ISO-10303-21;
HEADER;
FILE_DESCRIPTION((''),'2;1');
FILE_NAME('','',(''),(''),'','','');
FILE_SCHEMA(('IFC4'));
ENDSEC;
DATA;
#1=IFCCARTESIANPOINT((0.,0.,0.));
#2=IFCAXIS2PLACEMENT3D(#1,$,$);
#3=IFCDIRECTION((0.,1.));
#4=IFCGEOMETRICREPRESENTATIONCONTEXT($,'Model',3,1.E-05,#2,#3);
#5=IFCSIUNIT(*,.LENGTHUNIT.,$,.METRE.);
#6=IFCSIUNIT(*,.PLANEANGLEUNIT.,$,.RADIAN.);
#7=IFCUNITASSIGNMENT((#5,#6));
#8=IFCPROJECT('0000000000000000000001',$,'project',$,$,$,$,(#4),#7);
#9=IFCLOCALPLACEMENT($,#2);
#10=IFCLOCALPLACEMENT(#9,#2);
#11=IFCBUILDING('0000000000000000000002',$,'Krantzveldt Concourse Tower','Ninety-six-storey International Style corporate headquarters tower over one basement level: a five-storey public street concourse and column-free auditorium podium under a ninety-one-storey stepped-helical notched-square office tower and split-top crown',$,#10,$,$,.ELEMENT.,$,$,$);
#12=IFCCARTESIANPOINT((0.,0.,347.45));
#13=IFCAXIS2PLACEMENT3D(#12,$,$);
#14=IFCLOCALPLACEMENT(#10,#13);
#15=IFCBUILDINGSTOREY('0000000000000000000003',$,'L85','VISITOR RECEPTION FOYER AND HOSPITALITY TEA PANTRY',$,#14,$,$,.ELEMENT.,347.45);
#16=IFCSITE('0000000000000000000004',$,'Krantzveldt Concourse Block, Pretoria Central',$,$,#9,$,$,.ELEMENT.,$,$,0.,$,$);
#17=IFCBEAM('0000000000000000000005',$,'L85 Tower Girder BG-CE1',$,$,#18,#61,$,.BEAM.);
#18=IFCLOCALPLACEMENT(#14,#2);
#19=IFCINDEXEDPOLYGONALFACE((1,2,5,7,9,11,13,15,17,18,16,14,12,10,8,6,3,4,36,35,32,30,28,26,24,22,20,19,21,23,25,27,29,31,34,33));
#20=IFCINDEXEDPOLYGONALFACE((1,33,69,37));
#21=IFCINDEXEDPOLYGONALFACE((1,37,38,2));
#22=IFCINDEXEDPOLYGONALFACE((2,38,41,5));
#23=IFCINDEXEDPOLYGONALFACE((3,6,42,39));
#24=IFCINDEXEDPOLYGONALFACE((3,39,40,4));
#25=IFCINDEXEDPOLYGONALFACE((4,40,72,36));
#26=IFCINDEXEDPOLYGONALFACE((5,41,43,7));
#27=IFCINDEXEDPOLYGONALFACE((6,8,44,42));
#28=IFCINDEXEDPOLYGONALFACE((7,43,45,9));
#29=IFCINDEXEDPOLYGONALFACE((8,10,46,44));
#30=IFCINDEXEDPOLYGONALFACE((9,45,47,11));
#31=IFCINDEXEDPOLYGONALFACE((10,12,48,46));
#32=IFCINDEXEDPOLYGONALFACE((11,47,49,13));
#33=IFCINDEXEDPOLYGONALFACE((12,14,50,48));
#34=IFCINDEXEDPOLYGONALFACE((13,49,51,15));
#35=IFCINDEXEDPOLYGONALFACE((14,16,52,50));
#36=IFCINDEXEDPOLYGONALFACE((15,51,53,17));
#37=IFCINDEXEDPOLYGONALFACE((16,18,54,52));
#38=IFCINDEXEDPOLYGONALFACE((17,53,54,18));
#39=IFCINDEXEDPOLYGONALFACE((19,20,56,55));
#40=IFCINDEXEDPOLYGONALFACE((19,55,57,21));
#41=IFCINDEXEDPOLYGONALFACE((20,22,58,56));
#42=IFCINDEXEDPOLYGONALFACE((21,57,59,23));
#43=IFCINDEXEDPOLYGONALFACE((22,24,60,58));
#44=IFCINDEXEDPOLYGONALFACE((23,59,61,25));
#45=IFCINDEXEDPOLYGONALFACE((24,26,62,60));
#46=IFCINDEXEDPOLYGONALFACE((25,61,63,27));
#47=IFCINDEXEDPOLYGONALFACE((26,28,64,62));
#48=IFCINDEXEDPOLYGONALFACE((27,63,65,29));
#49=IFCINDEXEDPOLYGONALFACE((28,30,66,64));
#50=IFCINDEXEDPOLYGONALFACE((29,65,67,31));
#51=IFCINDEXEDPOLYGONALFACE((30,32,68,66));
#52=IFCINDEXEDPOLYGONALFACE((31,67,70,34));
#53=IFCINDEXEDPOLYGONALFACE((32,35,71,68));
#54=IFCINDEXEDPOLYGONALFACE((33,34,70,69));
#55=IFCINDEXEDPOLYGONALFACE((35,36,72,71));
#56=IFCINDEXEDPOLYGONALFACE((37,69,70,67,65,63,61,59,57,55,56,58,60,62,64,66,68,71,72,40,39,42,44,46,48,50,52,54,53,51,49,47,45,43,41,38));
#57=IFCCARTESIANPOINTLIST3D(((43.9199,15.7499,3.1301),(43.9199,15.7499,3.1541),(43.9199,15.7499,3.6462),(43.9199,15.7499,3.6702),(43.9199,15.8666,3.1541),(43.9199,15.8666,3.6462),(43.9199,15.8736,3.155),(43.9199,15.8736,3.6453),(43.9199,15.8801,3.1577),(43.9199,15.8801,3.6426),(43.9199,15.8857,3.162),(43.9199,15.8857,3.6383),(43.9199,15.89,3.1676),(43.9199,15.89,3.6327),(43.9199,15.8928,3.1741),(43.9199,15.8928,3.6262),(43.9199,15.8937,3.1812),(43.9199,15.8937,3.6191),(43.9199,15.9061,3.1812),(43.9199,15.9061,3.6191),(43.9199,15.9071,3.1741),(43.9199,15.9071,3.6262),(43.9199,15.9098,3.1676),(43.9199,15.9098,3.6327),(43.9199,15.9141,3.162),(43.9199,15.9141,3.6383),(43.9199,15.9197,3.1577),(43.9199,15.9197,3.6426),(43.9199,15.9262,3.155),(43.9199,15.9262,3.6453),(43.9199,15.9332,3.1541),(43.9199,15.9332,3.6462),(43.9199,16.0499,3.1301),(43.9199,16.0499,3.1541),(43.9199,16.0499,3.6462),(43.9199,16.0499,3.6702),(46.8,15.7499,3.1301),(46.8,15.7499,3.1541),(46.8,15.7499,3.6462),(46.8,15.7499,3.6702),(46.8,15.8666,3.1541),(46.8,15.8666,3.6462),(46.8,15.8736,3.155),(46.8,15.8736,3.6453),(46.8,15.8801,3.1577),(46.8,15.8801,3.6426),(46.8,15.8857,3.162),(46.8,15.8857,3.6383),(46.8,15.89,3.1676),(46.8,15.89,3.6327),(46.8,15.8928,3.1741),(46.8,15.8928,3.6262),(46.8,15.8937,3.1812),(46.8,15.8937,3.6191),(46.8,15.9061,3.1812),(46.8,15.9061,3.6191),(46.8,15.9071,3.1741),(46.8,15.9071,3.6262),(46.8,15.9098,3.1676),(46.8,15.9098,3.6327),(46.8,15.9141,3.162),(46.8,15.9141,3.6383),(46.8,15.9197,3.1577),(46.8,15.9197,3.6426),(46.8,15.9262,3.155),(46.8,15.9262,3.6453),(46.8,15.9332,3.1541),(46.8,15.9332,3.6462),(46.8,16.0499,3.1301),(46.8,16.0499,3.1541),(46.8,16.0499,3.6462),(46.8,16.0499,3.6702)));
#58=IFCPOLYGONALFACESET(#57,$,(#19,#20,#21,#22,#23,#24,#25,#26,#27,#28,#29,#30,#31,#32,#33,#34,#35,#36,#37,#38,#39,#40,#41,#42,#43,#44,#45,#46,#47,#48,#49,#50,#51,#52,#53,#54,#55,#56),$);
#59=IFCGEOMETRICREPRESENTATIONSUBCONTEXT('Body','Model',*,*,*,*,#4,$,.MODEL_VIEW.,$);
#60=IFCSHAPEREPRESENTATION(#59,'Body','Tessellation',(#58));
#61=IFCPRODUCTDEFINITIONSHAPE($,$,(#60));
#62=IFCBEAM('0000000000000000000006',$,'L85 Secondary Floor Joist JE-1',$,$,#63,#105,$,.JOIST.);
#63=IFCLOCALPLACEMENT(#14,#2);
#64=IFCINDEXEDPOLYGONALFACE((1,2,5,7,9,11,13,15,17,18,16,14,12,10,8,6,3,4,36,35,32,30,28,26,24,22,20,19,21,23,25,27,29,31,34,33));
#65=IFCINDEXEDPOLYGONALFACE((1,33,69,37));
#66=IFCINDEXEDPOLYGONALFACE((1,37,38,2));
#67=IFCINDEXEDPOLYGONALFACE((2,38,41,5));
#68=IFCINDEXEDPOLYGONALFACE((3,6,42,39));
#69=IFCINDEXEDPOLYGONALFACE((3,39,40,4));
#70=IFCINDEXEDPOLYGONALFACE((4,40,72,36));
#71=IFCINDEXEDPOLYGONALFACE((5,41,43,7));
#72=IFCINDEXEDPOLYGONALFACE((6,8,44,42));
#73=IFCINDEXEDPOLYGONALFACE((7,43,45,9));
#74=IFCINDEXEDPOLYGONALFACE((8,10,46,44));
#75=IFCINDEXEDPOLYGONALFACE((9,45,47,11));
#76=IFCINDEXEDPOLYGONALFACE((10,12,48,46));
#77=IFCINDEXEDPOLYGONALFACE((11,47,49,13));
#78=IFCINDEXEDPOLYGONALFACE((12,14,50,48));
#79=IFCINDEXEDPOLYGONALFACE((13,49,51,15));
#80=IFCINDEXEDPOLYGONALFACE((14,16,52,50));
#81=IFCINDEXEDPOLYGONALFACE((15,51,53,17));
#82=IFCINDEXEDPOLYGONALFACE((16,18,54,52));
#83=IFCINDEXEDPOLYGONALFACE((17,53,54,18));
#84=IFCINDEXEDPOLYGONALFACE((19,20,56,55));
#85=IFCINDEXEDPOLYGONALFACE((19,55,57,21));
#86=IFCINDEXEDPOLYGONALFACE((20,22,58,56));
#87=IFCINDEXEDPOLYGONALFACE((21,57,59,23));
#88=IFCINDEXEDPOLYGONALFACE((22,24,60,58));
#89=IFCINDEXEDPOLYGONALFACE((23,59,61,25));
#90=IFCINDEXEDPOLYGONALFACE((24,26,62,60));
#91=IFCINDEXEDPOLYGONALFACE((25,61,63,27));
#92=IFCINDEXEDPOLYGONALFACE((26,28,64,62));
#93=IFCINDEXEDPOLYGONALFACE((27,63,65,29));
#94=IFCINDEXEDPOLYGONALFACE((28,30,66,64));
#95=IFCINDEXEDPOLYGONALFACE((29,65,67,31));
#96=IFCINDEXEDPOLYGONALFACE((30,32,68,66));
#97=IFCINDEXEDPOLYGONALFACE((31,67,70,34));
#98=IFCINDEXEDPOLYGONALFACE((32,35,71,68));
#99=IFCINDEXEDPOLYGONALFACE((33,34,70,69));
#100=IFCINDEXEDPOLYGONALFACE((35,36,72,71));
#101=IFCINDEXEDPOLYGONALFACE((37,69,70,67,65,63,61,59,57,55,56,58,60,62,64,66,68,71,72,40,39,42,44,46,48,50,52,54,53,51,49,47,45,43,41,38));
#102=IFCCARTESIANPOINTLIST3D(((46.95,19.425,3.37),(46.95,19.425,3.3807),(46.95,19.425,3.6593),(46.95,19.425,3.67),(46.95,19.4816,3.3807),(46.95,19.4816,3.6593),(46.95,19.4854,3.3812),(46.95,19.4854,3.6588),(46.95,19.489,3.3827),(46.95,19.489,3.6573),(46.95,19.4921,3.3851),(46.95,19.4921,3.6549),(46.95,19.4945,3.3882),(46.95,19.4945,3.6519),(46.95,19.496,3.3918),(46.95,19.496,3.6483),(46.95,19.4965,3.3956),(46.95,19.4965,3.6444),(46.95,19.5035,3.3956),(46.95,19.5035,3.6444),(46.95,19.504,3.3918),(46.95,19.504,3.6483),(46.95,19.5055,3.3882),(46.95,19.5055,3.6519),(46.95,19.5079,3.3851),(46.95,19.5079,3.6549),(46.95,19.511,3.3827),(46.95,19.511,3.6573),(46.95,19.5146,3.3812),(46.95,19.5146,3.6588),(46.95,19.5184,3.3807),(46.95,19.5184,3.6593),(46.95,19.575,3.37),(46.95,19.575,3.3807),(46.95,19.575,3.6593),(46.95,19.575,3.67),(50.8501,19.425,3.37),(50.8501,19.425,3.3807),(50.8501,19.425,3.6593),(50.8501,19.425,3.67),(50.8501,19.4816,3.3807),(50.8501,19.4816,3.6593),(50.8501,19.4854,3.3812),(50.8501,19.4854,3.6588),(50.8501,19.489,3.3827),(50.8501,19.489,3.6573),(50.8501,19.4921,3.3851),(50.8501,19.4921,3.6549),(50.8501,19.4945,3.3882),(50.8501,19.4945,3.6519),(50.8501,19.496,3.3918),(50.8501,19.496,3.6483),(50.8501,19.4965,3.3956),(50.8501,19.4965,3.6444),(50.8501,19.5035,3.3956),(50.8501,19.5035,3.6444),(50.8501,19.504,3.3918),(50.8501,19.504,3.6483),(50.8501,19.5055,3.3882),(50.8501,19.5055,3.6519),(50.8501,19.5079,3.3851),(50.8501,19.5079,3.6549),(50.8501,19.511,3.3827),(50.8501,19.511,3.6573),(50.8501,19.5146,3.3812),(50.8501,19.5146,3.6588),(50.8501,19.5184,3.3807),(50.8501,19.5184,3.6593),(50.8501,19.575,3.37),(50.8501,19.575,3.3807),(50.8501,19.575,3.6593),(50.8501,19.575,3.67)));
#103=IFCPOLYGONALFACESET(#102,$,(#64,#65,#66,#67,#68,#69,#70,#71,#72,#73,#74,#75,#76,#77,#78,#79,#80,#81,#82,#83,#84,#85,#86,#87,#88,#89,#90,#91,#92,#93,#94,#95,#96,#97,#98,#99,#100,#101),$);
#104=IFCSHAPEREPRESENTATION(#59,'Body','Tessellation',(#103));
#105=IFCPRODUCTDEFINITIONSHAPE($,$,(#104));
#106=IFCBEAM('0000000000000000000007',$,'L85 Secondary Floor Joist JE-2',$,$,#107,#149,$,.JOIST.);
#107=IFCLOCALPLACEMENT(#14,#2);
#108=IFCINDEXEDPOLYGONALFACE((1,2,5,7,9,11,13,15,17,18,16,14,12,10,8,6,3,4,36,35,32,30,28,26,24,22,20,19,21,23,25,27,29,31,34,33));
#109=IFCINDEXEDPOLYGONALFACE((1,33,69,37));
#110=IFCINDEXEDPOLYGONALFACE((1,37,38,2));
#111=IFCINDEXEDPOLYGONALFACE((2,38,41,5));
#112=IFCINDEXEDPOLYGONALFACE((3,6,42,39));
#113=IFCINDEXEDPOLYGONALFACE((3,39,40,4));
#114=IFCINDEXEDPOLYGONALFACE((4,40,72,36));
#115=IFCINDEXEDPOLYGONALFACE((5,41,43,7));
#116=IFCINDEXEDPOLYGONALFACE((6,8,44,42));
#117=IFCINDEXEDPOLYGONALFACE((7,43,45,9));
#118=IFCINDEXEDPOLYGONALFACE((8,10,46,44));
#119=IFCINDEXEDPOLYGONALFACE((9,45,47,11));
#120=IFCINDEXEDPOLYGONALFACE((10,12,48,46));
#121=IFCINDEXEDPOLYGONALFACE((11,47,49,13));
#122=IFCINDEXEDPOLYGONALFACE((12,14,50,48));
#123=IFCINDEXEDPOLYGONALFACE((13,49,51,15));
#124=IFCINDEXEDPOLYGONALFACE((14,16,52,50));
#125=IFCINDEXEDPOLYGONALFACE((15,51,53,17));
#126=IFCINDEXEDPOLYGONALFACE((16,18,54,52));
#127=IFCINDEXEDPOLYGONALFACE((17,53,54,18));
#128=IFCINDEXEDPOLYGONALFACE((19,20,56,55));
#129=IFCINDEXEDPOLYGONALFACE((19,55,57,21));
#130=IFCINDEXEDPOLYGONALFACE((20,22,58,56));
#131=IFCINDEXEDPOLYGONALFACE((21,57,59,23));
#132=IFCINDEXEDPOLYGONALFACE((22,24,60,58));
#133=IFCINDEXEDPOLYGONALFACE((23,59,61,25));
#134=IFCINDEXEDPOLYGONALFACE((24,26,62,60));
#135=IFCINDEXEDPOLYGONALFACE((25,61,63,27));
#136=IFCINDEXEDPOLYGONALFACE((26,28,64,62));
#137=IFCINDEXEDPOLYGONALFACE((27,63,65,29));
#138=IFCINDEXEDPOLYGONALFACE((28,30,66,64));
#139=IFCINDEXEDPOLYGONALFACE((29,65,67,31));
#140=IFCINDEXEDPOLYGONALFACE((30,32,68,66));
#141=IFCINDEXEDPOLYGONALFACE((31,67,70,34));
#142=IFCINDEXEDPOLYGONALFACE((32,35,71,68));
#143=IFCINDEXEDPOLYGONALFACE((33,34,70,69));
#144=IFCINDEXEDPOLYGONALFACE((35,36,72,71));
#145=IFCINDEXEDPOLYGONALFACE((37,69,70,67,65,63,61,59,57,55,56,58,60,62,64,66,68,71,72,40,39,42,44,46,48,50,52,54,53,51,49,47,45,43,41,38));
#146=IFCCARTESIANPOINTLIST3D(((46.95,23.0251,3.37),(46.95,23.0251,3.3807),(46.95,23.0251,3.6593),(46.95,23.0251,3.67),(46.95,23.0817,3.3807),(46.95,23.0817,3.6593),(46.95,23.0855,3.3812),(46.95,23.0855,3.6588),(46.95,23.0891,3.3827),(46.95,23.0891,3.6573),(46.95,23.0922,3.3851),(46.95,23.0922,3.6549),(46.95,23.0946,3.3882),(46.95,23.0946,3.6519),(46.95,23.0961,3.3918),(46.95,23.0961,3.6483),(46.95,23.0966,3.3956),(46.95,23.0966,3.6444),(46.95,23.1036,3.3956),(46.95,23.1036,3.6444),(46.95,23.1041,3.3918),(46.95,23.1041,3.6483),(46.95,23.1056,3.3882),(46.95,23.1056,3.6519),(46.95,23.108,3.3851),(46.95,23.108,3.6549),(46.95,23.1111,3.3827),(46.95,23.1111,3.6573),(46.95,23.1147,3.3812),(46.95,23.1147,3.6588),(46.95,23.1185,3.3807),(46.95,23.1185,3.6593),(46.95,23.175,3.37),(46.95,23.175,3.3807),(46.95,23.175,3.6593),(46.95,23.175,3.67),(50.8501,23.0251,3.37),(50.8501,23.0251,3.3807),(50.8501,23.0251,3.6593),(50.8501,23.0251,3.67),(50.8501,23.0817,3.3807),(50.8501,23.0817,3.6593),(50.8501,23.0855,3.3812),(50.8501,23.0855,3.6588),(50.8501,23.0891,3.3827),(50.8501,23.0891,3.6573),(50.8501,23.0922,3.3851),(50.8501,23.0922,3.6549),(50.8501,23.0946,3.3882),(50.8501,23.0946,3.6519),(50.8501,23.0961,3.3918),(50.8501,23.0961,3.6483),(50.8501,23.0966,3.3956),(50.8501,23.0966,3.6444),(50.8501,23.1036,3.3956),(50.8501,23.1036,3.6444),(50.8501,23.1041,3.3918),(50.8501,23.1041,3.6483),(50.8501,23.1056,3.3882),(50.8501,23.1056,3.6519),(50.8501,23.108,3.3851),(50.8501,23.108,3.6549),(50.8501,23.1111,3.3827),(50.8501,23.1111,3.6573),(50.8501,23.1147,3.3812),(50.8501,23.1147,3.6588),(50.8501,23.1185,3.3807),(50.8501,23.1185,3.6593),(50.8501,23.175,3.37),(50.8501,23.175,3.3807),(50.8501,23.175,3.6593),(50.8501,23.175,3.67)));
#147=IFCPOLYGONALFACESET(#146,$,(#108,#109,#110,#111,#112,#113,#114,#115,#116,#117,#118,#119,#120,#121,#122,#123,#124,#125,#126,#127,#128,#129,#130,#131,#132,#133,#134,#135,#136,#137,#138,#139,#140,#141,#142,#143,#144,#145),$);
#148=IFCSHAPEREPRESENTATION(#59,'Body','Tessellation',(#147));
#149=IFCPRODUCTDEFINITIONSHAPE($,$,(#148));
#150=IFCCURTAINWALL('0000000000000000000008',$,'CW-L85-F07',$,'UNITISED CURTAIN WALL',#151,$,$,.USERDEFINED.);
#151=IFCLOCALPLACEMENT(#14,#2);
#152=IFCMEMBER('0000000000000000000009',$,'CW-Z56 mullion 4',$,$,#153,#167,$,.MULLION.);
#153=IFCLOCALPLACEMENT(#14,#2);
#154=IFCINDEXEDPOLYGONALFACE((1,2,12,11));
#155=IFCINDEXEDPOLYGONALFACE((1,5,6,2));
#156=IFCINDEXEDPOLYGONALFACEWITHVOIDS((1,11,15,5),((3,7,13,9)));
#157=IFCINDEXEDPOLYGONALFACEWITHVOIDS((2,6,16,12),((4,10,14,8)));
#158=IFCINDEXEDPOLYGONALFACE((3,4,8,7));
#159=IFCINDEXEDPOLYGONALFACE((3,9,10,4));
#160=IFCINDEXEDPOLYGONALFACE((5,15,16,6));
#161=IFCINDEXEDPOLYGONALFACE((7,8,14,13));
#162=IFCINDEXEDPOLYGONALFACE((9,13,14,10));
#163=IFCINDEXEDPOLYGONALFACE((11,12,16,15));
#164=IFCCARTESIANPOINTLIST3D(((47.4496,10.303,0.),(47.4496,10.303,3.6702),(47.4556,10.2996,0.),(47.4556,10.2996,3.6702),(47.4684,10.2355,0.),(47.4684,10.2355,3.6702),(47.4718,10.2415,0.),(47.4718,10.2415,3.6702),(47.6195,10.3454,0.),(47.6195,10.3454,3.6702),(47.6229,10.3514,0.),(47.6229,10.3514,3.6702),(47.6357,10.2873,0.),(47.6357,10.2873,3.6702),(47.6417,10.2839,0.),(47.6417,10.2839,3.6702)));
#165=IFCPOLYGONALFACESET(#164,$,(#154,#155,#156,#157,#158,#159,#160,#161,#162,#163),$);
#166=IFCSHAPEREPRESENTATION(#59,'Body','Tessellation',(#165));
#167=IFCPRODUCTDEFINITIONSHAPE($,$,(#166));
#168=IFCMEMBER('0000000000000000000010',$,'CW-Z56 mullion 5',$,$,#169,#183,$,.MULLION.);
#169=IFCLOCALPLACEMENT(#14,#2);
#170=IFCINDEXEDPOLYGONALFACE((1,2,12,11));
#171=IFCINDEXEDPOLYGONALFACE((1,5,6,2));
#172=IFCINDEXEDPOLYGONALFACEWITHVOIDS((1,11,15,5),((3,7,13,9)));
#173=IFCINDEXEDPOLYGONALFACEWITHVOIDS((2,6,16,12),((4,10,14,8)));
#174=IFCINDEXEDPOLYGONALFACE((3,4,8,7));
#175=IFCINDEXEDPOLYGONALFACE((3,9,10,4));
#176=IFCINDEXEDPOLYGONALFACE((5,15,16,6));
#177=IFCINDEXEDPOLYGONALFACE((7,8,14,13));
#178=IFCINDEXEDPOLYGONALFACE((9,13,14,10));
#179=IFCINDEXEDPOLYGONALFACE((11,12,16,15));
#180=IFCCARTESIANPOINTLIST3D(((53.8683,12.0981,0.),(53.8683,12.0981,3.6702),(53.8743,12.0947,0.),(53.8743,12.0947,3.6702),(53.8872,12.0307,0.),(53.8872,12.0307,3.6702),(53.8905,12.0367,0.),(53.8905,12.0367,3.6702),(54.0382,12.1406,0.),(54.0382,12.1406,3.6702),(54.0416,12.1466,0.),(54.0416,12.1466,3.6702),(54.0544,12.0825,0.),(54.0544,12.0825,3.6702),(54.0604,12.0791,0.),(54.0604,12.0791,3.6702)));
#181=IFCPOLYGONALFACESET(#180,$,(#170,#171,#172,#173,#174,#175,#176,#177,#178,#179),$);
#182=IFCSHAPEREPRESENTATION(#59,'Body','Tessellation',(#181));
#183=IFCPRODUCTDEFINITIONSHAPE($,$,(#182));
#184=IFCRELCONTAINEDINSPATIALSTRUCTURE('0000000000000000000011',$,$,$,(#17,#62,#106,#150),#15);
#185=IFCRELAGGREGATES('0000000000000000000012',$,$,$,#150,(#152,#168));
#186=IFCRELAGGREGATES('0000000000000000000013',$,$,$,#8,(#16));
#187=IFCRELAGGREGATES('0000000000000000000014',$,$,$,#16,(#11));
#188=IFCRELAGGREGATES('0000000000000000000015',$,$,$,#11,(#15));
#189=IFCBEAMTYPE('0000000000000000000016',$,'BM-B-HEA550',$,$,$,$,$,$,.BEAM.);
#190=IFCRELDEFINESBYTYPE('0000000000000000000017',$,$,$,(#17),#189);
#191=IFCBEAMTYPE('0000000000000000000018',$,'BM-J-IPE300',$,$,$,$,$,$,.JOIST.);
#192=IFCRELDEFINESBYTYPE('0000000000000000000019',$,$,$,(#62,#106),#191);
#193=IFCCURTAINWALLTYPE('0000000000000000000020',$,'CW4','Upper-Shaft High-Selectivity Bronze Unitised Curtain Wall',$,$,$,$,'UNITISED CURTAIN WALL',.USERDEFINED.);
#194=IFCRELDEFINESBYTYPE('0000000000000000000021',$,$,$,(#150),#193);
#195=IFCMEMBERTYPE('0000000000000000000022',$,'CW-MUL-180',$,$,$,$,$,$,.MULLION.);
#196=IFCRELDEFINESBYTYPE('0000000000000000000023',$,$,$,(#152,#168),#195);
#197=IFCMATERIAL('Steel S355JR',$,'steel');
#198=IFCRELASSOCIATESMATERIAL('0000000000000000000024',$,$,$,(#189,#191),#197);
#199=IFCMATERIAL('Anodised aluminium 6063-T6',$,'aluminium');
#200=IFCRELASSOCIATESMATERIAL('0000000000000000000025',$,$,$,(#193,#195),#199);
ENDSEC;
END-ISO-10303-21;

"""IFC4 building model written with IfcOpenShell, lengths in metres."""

from ifc_helpers import new_model, si_unit, direction, frame, origin, origin_2d, place, context, subcontext, project, spatial, hollow_rectangle, i_section, extrude, source, transform, mapped, material, material_profile, profile_set, type_object, type_shapes, element, aggregate, save


model = new_model("IFC4")

# Units and contexts
model_context = context("Model", 3, precision=1e-05, world=origin(), true_north=direction((0.0, 1.0)))
body_context = subcontext(model_context, "Body", "Model", "MODEL_VIEW")
ifc_project = project(units=[si_unit("LENGTHUNIT", "METRE"), si_unit("PLANEANGLEUNIT", "RADIAN")], contexts=[model_context])

# Site, building, storey
site_placement = place(None, origin())
site = spatial("IfcSite", under=ifc_project, at=site_placement, Name="Krantzveldt Concourse Block, Pretoria Central", CompositionType="ELEMENT", RefElevation=0.0)
building_placement = place(site_placement, origin())
building = spatial("IfcBuilding", under=site, at=building_placement, Name="Krantzveldt Concourse Tower", Description="Ninety-six-storey International Style corporate headquarters tower over one basement level: a five-storey public street concourse and column-free auditorium podium under a ninety-one-storey stepped-helical notched-square office tower and split-top crown", CompositionType="ELEMENT")
storey_placement = place(building_placement, frame((0.0, 0.0, 347.45)))
storey = spatial("IfcBuildingStorey", under=building, at=storey_placement, Name="L85", Description="VISITOR RECEPTION FOYER AND HOSPITALITY TEA PANTRY", CompositionType="ELEMENT", Elevation=347.45)

# Beams
ifc_material_1 = material(Name="Steel S355JR", Category="steel")
ifc_material_profile_1 = material_profile(ifc_material_1, i_section(OverallWidth=0.3, OverallDepth=0.54, WebThickness=0.0125, FlangeThickness=0.0239, FilletRadius=0.0271, at=origin_2d()), Name="Steel S355JR", Category="steel")
ifc_profile_set_1 = profile_set([ifc_material_profile_1], Name="Steel S355JR - HEA 550")
beam_type_1 = type_object("IfcBeamType", Name="BM-B-HEA550", PredefinedType="BEAM", material=ifc_profile_set_1)
shared_shape_1 = source(origin(), body_context, "Body", "SweptSolid", [
    extrude(i_section(OverallWidth=0.3, OverallDepth=0.54, WebThickness=0.0125, FlangeThickness=0.0239, FilletRadius=0.0271, at=origin_2d()), origin(), (0.0, 0.0, 1.0), 2.8801),
])
beam_1_placement = place(storey_placement, frame((43.9199, 15.8999, 3.4001), z_axis=(1.0, 0.0, 0.0), x_axis=(0.0, 1.0, 0.0)))
element("IfcBeam", 1, at=beam_1_placement, inside=storey, type_object=beam_type_1, Name="L85 Tower Girder BG-CE1", PredefinedType="BEAM", context=body_context, shape_type="MappedRepresentation", body=[
    mapped(shared_shape_1, transform((0.0, 0.0, 0.0), x_axis=(1.0, 0.0, 0.0), y_axis=(0.0, 1.0, 0.0), z_axis=(0.0, 0.0, 1.0), scale=1.0)),
])
ifc_material_profile_2 = material_profile(ifc_material_1, i_section(OverallWidth=0.1499, OverallDepth=0.3, WebThickness=0.0071, FlangeThickness=0.0107, FilletRadius=0.0149, at=origin_2d()), Name="Steel S355JR", Category="steel")
ifc_profile_set_2 = profile_set([ifc_material_profile_2], Name="Steel S355JR - IPE 300")
beam_type_2 = type_object("IfcBeamType", Name="BM-J-IPE300", PredefinedType="JOIST", material=ifc_profile_set_2)
shared_shape_2 = source(origin(), body_context, "Body", "SweptSolid", [
    extrude(i_section(OverallWidth=0.1499, OverallDepth=0.3, WebThickness=0.0071, FlangeThickness=0.0107, FilletRadius=0.0149, at=origin_2d()), origin(), (0.0, 0.0, 1.0), 3.9001),
])
type_shapes(beam_type_2, [shared_shape_2])
for number, where, z_axis, x_axis, name in (
    (2, (46.95, 19.5, 3.52), (1.0, 0.0, 0.0), (0.0, 1.0, 0.0), "L85 Secondary Floor Joist JE-1"),
    (3, (46.95, 23.1001, 3.52), (1.0, 0.0, 0.0), (0.0, 1.0, 0.0), "L85 Secondary Floor Joist JE-2"),
):
    element("IfcBeam", number, at=place(storey_placement, frame(where, z_axis=z_axis, x_axis=x_axis)), inside=storey, type_object=beam_type_2, Name=name, PredefinedType="JOIST", context=body_context, shape_type="MappedRepresentation", body=[
        mapped(shared_shape_2, transform((0.0, 0.0, 0.0), x_axis=(1.0, 0.0, 0.0), y_axis=(0.0, 1.0, 0.0), z_axis=(0.0, 0.0, 1.0), scale=1.0)),
    ])

# Curtain wall, members
ifc_material_2 = material(Name="Anodised aluminium 6063-T6", Category="aluminium")
curtain_wall_type = type_object("IfcCurtainWallType", Name="CW4", Description="Upper-Shaft High-Selectivity Bronze Unitised Curtain Wall", ElementType="UNITISED CURTAIN WALL", PredefinedType="USERDEFINED", material=ifc_material_2)
curtain_wall_1_placement = place(storey_placement, origin())
curtain_wall_1 = element("IfcCurtainWall", 4, at=curtain_wall_1_placement, inside=storey, type_object=curtain_wall_type, Name="CW-L85-F07", ObjectType="UNITISED CURTAIN WALL", PredefinedType="USERDEFINED")
ifc_material_profile_3 = material_profile(ifc_material_2, hollow_rectangle(XDim=0.0701, YDim=0.1799, WallThickness=0.0049, at=origin_2d()), Name="Anodised aluminium 6063-T6", Category="aluminium")
ifc_profile_set_3 = profile_set([ifc_material_profile_3], Name="Anodised aluminium 6063-T6 - ALU-MULL 180x70x5")
member_type_1 = type_object("IfcMemberType", Name="CW-MUL-180", PredefinedType="MULLION", material=ifc_profile_set_3)
shared_shape_3 = source(origin(), body_context, "Body", "SweptSolid", [
    extrude(hollow_rectangle(XDim=0.0701, YDim=0.1799, WallThickness=0.0049, at=origin_2d()), origin(), (0.0, 0.0, 1.0), 3.6702),
])
type_shapes(member_type_1, [shared_shape_3])
member_1_placement = place(storey_placement, frame((47.5457, 10.2935, 0.0), z_axis=(0.0, 0.0, 1.0), x_axis=(-0.26934, 0.963045, 0.0)))
member_1 = element("IfcMember", 5, at=member_1_placement, type_object=member_type_1, Name="CW-Z56 mullion 4", PredefinedType="MULLION", context=body_context, shape_type="MappedRepresentation", body=[
    mapped(shared_shape_3, transform((0.0, 0.0, 0.0), x_axis=(1.0, 0.0, 0.0), y_axis=(0.0, 1.0, 0.0), z_axis=(0.0, 0.0, 1.0), scale=1.0)),
])
member_2_placement = place(storey_placement, frame((53.9644, 12.0886, 0.0), z_axis=(0.0, 0.0, 1.0), x_axis=(-0.26934, 0.963045, 0.0)))
member_2 = element("IfcMember", 6, at=member_2_placement, type_object=member_type_1, Name="CW-Z56 mullion 5", PredefinedType="MULLION", context=body_context, shape_type="MappedRepresentation", body=[
    mapped(shared_shape_3, transform((0.0, 0.0, 0.0), x_axis=(1.0, 0.0, 0.0), y_axis=(0.0, 1.0, 0.0), z_axis=(0.0, 0.0, 1.0), scale=1.0)),
])

aggregate(curtain_wall_1, [member_1, member_2])

save(model, "model.ifc")
